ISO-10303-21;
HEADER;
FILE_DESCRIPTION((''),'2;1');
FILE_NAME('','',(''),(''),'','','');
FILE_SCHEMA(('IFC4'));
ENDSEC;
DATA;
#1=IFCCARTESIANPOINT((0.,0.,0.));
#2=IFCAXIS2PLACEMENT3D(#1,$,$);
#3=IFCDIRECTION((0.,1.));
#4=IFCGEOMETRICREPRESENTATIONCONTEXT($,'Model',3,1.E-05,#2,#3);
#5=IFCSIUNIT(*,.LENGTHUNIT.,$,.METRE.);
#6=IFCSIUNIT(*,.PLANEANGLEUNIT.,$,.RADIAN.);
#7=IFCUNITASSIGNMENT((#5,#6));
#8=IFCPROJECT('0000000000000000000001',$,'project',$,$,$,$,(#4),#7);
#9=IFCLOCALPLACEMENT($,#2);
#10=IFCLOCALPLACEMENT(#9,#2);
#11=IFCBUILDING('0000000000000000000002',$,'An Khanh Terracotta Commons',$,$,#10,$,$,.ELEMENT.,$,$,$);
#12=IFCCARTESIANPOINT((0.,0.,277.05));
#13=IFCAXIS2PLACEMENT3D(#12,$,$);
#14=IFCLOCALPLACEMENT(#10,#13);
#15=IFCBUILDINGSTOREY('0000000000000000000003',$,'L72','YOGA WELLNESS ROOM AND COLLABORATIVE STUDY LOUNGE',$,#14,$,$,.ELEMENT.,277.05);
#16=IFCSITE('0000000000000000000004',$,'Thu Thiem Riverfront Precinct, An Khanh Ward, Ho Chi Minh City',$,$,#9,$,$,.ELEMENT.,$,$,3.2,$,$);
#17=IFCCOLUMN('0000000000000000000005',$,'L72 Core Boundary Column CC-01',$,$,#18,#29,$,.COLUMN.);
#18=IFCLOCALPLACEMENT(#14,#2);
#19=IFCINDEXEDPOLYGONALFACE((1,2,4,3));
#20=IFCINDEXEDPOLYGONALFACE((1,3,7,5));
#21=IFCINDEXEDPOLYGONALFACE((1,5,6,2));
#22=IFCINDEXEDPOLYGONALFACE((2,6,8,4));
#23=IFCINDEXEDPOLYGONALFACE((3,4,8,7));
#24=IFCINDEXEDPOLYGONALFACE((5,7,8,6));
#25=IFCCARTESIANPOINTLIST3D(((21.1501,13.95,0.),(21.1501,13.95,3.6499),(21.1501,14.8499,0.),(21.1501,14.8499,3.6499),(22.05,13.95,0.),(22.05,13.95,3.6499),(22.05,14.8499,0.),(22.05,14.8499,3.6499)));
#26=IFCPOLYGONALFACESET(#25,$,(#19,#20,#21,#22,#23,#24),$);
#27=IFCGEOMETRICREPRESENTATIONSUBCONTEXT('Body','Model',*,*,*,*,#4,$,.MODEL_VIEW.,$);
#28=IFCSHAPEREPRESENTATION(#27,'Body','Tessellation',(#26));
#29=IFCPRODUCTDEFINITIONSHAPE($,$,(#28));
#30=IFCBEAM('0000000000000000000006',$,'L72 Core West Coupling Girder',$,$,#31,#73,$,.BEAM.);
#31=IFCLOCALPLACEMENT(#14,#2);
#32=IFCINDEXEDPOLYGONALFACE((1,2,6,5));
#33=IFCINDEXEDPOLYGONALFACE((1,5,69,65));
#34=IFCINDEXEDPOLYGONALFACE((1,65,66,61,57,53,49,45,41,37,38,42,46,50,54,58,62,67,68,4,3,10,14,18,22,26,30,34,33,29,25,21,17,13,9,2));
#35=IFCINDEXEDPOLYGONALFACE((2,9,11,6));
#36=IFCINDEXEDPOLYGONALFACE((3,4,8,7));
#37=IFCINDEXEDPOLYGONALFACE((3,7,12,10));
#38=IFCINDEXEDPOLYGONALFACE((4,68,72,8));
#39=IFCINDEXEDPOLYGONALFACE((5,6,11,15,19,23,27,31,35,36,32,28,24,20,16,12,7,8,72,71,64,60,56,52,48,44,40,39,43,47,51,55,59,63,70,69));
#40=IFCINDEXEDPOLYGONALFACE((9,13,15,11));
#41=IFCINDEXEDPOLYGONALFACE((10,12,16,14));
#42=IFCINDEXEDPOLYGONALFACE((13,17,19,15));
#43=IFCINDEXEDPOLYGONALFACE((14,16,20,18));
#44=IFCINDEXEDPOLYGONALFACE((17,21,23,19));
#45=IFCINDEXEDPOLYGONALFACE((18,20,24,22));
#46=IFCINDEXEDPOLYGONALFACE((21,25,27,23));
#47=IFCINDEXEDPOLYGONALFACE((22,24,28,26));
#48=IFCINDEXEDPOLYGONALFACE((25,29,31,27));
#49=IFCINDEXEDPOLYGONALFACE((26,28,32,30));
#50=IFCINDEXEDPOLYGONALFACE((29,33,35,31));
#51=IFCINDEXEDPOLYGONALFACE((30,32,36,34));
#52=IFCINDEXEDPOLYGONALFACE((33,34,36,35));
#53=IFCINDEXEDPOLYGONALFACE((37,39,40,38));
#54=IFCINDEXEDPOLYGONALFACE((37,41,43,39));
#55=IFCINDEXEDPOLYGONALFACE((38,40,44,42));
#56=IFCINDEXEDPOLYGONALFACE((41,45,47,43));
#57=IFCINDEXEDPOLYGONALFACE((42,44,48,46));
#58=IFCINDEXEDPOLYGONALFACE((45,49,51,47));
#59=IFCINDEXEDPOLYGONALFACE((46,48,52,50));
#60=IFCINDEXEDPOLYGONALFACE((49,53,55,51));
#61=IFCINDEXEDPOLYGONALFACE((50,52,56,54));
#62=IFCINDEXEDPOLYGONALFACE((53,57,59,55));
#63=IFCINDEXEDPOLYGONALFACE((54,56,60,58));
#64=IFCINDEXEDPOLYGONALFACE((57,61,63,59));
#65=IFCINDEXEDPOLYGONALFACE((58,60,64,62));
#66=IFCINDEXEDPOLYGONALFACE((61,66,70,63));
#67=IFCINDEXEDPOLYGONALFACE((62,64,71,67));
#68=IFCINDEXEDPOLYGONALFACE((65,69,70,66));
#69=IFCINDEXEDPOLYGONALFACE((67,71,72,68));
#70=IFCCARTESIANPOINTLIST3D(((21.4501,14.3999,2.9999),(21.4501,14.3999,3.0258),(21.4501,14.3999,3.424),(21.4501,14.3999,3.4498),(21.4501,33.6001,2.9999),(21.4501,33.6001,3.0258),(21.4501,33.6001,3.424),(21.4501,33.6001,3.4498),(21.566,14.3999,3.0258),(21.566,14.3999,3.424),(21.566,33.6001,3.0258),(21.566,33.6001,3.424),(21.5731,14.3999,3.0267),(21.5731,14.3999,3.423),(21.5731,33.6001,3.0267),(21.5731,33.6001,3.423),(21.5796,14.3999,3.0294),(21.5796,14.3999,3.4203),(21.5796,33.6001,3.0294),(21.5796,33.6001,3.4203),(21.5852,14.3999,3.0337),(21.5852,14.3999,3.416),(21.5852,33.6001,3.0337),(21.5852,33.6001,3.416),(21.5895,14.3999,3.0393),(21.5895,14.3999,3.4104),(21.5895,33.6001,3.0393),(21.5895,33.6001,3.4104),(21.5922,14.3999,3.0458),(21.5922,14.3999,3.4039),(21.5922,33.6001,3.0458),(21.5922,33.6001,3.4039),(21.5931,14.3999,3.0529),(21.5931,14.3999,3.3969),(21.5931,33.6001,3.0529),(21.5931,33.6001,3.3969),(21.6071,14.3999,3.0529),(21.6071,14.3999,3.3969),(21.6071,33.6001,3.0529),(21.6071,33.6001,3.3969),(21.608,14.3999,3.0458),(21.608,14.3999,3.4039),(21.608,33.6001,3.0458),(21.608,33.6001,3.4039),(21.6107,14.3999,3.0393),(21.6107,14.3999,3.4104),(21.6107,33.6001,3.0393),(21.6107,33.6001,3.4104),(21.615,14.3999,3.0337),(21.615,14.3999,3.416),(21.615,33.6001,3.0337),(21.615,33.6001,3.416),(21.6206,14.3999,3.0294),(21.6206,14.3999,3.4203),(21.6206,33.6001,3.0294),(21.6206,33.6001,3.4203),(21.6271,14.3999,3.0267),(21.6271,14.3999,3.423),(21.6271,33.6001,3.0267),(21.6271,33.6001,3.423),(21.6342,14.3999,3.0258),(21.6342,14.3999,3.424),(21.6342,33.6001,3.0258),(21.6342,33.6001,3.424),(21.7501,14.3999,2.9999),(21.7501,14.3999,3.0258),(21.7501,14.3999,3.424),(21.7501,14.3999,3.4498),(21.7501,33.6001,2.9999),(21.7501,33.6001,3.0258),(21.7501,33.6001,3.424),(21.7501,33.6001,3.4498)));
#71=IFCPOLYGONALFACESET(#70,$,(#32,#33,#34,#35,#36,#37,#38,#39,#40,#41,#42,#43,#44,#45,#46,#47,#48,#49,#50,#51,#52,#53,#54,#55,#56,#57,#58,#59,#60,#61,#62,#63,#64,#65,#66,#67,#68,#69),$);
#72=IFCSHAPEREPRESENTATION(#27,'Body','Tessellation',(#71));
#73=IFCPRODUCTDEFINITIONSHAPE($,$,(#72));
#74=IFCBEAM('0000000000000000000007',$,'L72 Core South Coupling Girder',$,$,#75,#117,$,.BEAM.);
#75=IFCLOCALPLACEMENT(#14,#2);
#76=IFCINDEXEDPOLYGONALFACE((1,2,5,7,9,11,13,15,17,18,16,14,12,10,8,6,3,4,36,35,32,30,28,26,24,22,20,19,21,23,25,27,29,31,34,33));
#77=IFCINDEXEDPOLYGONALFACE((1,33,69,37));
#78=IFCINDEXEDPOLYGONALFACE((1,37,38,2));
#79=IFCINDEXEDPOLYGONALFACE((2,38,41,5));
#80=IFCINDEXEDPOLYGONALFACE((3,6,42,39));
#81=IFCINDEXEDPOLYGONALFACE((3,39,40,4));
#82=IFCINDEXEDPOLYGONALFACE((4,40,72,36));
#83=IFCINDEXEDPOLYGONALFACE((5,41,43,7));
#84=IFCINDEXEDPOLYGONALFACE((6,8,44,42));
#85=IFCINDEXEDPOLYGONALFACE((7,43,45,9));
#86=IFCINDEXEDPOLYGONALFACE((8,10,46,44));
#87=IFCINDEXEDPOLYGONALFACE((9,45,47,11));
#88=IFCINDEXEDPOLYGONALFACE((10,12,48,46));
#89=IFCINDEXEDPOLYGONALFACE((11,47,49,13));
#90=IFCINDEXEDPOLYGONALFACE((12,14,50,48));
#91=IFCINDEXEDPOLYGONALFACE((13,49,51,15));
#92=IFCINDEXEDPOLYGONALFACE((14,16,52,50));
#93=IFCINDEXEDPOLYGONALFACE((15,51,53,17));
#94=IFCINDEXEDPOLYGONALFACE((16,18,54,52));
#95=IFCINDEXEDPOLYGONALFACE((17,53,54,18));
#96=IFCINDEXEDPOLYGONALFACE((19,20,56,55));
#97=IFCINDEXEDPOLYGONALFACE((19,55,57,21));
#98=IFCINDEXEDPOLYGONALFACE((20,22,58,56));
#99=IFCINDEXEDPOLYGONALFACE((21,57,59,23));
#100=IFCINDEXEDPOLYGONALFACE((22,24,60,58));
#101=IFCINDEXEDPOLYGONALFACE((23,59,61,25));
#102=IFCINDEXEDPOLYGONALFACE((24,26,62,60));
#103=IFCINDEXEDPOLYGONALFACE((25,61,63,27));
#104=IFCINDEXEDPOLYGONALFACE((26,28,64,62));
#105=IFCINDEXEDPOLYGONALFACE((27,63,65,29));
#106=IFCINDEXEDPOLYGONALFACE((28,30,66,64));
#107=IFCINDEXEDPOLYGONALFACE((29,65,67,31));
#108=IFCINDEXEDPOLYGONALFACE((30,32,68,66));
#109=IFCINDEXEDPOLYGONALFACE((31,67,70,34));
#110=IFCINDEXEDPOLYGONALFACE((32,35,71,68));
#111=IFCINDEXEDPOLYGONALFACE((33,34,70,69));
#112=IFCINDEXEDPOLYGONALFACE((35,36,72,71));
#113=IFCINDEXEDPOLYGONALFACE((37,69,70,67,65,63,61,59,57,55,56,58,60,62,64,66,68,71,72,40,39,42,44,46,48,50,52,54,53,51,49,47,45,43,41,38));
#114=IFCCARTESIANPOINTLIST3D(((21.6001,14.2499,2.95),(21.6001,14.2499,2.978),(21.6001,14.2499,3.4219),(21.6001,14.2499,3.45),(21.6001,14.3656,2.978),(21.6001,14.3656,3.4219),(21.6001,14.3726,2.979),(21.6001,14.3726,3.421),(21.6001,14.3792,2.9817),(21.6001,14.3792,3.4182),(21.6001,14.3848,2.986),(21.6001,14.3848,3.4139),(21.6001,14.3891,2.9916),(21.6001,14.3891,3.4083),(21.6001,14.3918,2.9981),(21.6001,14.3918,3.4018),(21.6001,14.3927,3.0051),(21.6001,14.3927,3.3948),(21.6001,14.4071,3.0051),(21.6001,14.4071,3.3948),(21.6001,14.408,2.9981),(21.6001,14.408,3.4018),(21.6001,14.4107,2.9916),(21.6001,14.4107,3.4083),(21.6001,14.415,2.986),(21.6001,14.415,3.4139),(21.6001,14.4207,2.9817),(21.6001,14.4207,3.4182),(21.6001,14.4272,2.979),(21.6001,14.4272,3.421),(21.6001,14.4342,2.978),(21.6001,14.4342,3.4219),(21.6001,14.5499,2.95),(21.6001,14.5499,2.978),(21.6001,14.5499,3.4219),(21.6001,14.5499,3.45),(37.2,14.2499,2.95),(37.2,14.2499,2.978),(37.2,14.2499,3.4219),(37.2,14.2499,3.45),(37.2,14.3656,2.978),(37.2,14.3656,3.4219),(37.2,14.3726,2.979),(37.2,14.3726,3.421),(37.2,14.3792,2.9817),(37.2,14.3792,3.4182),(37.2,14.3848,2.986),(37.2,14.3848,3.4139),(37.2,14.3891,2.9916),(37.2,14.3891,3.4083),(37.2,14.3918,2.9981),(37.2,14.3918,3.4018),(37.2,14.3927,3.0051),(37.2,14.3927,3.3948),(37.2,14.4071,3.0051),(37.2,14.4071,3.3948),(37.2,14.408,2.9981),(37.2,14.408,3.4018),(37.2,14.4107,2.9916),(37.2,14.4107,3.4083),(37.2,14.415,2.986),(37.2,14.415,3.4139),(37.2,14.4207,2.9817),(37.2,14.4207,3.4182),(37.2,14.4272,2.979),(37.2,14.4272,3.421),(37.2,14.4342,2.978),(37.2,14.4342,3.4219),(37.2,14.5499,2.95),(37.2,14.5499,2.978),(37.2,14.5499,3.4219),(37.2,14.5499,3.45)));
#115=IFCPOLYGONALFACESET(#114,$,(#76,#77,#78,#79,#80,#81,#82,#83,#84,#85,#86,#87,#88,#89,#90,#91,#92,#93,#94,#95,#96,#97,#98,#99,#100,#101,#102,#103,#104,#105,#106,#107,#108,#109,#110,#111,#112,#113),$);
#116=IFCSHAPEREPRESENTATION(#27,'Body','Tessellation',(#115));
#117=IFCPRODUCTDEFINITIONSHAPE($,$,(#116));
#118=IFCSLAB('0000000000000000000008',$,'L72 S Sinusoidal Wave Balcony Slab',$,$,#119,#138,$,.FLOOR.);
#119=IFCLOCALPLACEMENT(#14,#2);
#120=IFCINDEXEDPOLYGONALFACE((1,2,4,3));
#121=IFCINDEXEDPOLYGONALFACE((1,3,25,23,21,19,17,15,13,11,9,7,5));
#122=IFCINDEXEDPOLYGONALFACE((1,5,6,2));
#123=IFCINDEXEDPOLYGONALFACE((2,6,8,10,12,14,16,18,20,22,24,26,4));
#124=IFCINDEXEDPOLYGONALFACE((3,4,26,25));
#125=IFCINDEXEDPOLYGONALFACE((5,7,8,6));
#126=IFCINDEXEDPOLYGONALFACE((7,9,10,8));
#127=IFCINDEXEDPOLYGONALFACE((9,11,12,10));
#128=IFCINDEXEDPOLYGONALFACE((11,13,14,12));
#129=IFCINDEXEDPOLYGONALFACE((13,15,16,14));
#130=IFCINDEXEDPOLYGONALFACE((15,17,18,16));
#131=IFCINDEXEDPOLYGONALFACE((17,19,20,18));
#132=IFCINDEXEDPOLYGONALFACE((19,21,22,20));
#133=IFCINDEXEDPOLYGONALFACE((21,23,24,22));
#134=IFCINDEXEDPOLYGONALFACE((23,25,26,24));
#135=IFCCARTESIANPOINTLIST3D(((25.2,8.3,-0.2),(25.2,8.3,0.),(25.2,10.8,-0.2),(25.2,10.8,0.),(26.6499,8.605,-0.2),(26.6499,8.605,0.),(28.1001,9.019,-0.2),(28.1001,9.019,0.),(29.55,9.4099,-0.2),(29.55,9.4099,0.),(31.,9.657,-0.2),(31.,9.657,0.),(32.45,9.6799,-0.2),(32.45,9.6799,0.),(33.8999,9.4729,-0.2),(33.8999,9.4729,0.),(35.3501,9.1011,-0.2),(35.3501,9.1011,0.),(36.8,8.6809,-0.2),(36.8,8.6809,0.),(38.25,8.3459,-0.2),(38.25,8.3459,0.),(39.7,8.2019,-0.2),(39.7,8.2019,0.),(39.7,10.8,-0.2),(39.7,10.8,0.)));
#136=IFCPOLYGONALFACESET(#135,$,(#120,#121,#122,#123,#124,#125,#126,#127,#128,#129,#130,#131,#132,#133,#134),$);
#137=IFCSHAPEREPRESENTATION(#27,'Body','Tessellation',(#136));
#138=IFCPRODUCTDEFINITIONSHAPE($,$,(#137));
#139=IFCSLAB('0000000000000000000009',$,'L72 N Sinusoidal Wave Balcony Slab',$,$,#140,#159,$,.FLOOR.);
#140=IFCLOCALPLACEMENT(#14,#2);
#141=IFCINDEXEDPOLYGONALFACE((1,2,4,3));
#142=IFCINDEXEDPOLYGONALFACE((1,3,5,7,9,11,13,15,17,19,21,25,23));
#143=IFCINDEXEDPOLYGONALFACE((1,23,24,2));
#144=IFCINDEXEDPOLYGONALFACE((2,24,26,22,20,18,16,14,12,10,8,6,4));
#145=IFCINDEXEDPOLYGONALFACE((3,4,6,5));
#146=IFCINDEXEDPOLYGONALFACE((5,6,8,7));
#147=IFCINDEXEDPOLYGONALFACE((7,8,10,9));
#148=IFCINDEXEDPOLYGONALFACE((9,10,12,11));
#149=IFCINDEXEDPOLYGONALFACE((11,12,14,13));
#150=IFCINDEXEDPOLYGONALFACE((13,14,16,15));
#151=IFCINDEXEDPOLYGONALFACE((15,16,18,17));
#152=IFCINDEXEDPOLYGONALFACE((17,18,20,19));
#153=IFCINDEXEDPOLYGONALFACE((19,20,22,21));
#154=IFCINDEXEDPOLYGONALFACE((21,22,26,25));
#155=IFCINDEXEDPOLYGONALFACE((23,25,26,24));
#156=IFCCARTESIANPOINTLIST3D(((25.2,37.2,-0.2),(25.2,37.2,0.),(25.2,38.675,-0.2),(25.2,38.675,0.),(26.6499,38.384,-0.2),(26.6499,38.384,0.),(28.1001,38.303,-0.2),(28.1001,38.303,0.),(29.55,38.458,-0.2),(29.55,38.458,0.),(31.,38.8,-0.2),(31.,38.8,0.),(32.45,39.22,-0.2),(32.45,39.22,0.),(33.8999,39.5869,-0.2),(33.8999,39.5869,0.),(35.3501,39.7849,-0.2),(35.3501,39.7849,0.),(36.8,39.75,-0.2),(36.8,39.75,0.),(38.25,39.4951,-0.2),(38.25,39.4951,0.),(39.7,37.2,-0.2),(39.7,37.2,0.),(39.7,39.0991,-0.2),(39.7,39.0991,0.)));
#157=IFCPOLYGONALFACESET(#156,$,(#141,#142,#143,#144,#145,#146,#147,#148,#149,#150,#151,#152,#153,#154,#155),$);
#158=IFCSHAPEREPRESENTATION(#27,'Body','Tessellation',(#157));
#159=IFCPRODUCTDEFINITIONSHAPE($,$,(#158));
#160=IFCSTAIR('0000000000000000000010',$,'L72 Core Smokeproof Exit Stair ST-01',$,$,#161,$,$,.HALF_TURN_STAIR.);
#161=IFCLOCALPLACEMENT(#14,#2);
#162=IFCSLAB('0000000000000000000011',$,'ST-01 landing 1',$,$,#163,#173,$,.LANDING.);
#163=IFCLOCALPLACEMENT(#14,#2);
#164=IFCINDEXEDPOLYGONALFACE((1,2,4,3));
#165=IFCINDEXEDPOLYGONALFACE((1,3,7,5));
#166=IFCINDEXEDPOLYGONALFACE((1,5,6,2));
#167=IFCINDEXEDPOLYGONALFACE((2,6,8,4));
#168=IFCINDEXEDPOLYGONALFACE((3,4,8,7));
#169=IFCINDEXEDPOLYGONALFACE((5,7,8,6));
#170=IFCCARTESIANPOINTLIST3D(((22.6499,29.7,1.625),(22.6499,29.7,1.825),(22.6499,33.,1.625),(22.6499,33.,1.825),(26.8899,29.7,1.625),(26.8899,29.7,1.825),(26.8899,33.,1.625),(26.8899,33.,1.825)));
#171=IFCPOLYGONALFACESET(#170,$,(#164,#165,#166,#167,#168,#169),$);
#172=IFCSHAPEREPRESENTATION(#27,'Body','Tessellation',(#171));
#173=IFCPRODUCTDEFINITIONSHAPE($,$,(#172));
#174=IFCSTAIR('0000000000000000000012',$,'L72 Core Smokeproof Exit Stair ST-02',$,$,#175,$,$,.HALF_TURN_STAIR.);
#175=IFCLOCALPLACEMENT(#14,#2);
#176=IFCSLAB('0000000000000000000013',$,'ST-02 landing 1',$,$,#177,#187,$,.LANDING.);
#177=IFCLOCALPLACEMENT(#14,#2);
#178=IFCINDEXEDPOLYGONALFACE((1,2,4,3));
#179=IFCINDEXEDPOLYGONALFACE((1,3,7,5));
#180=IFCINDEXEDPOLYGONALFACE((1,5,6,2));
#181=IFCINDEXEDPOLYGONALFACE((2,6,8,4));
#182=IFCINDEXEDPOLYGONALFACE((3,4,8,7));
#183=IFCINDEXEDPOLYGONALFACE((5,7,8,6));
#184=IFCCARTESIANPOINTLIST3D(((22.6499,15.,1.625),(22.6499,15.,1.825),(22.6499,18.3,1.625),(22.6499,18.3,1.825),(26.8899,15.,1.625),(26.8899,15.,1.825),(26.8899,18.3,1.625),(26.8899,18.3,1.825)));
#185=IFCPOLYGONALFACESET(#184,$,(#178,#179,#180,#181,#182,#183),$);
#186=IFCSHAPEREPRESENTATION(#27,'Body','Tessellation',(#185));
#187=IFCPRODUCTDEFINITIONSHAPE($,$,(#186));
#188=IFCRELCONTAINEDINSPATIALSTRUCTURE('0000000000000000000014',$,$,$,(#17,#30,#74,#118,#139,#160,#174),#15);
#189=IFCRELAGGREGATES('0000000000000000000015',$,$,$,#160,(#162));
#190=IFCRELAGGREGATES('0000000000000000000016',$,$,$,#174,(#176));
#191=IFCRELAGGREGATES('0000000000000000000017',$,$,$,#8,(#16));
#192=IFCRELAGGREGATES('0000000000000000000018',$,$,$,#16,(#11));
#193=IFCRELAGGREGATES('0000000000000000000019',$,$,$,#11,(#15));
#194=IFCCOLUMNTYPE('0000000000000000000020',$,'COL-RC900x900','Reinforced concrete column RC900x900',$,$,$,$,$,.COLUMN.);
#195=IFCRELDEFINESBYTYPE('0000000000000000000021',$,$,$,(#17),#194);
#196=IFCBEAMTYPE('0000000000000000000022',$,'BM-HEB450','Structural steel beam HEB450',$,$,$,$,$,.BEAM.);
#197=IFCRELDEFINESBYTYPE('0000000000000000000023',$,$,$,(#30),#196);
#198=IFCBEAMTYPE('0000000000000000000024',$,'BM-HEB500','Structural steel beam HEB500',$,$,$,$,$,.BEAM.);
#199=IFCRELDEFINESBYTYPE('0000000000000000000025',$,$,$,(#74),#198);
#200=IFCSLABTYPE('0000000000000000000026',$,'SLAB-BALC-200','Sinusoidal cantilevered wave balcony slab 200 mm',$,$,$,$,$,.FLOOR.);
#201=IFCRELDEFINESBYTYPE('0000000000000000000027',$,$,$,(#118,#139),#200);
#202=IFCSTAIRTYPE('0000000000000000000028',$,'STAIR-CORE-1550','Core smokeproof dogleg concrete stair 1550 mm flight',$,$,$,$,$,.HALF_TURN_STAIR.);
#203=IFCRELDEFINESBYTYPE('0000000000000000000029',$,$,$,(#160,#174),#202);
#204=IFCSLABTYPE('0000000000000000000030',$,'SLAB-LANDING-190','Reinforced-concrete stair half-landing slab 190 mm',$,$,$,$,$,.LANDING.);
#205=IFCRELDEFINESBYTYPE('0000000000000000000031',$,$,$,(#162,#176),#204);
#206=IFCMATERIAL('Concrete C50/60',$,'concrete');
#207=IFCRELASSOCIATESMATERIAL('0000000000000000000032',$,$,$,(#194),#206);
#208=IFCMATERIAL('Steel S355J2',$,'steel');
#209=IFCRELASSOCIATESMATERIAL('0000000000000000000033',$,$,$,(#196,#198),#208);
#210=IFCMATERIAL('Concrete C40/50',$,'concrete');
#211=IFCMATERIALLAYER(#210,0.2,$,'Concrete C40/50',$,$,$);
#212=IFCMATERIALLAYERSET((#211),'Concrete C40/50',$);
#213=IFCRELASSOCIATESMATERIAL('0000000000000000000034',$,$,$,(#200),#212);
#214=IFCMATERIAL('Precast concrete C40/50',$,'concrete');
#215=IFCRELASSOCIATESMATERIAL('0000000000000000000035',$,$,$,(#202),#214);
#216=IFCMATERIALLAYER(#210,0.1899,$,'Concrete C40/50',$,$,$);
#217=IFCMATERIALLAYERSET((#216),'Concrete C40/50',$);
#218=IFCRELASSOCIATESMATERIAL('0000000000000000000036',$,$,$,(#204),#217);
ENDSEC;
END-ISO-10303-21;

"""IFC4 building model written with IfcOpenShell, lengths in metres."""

from ifc_helpers import new_model, si_unit, direction, frame, origin, origin_2d, place, context, subcontext, project, spatial, polyline, rectangle, i_section, outline, extrude, material, layer, layer_set, material_profile, profile_set, type_object, element, aggregate, save


model = new_model("IFC4")

# Units and contexts
model_context = context("Model", 3, precision=1e-05, world=origin(), true_north=direction((0.0, 1.0)))
body_context = subcontext(model_context, "Body", "Model", "MODEL_VIEW")
ifc_project = project(units=[si_unit("LENGTHUNIT", "METRE"), si_unit("PLANEANGLEUNIT", "RADIAN")], contexts=[model_context])

# Site, building, storey
site_placement = place(None, origin())
site = spatial("IfcSite", under=ifc_project, at=site_placement, Name="Thu Thiem Riverfront Precinct, An Khanh Ward, Ho Chi Minh City", CompositionType="ELEMENT", RefElevation=3.2)
building_placement = place(site_placement, origin())
building = spatial("IfcBuilding", under=site, at=building_placement, Name="An Khanh Terracotta Commons", CompositionType="ELEMENT")
storey_placement = place(building_placement, frame((0.0, 0.0, 277.05)))
storey = spatial("IfcBuildingStorey", under=building, at=storey_placement, Name="L72", Description="YOGA WELLNESS ROOM AND COLLABORATIVE STUDY LOUNGE", CompositionType="ELEMENT", Elevation=277.05)

# Column
ifc_material_1 = material(Name="Concrete C50/60", Category="concrete")
ifc_material_profile_1 = material_profile(ifc_material_1, rectangle(XDim=0.8999, YDim=0.8999, at=origin_2d()), Name="RC900x900")
ifc_profile_set_1 = profile_set([ifc_material_profile_1], Name="Concrete C50/60")
column_type = type_object("IfcColumnType", Name="COL-RC900x900", Description="Reinforced concrete column RC900x900", PredefinedType="COLUMN", material=ifc_profile_set_1)
column_placement = place(storey_placement, frame((21.6001, 14.3999, 0.0), z_axis=(0.0, 0.0, 1.0), x_axis=(1.0, 0.0, 0.0)))
element("IfcColumn", 1, at=column_placement, inside=storey, type_object=column_type, Name="L72 Core Boundary Column CC-01", PredefinedType="COLUMN", context=body_context, shape_type="SweptSolid", body=[
    extrude(rectangle(XDim=0.8999, YDim=0.8999, at=origin_2d()), origin(), (0.0, 0.0, 1.0), 3.6499),
])

# Beams
ifc_material_2 = material(Name="Steel S355J2", Category="steel")
ifc_material_profile_2 = material_profile(ifc_material_2, i_section(OverallWidth=0.3, OverallDepth=0.45, WebThickness=0.0139, FlangeThickness=0.0259, FilletRadius=0.0271, at=origin_2d()), Name="HEB450")
ifc_profile_set_2 = profile_set([ifc_material_profile_2], Name="Steel S355J2")
beam_type_1 = type_object("IfcBeamType", Name="BM-HEB450", Description="Structural steel beam HEB450", PredefinedType="BEAM", material=ifc_profile_set_2)
beam_1_placement = place(storey_placement, frame((21.6001, 14.3999, 3.2249), z_axis=(0.0, 1.0, 0.0), x_axis=(-1.0, 0.0, 0.0)))
element("IfcBeam", 2, at=beam_1_placement, inside=storey, type_object=beam_type_1, Name="L72 Core West Coupling Girder", PredefinedType="BEAM", context=body_context, shape_type="SweptSolid", body=[
    extrude(i_section(OverallWidth=0.3, OverallDepth=0.45, WebThickness=0.0139, FlangeThickness=0.0259, FilletRadius=0.0271, at=origin_2d()), origin(), (0.0, 0.0, 1.0), 19.2002),
])
ifc_material_profile_3 = material_profile(ifc_material_2, i_section(OverallWidth=0.3, OverallDepth=0.5, WebThickness=0.0144, FlangeThickness=0.0281, FilletRadius=0.0271, at=origin_2d()), Name="HEB500")
ifc_profile_set_3 = profile_set([ifc_material_profile_3], Name="Steel S355J2")
beam_type_2 = type_object("IfcBeamType", Name="BM-HEB500", Description="Structural steel beam HEB500", PredefinedType="BEAM", material=ifc_profile_set_3)
beam_2_placement = place(storey_placement, frame((21.6001, 14.3999, 3.2), z_axis=(1.0, 0.0, 0.0), x_axis=(0.0, 1.0, 0.0)))
element("IfcBeam", 3, at=beam_2_placement, inside=storey, type_object=beam_type_2, Name="L72 Core South Coupling Girder", PredefinedType="BEAM", context=body_context, shape_type="SweptSolid", body=[
    extrude(i_section(OverallWidth=0.3, OverallDepth=0.5, WebThickness=0.0144, FlangeThickness=0.0281, FilletRadius=0.0271, at=origin_2d()), origin(), (0.0, 0.0, 1.0), 15.5999),
])

# Slabs
ifc_material_3 = material(Name="Concrete C40/50", Category="concrete")
ifc_layer_1 = layer(ifc_material_3, 0.2, Name="Concrete C40/50")
ifc_layer_set_1 = layer_set([ifc_layer_1], Name="Concrete C40/50")
slab_type_1 = type_object("IfcSlabType", Name="SLAB-BALC-200", Description="Sinusoidal cantilevered wave balcony slab 200 mm", PredefinedType="FLOOR", material=ifc_layer_set_1)
slab_1_placement = place(storey_placement, frame((0.0, 0.0, -0.2)))
element("IfcSlab", 4, at=slab_1_placement, inside=storey, type_object=slab_type_1, Name="L72 S Sinusoidal Wave Balcony Slab", PredefinedType="FLOOR", context=body_context, shape_type="SweptSolid", body=[
    extrude(outline(polyline([(25.2, 10.8), (25.2, 8.3), (26.6499, 8.605), (28.1001, 9.019), (29.55, 9.4099), (31.0, 9.657), (32.45, 9.6799), (33.8999, 9.4729), (35.3501, 9.1011), (36.8, 8.6809), (38.25, 8.3459), (39.7, 8.2019), (39.7, 10.8), (25.2, 10.8)])), origin(), (0.0, 0.0, 1.0), 0.2),
])
slab_2_placement = place(storey_placement, frame((0.0, 0.0, -0.2)))
element("IfcSlab", 5, at=slab_2_placement, inside=storey, type_object=slab_type_1, Name="L72 N Sinusoidal Wave Balcony Slab", PredefinedType="FLOOR", context=body_context, shape_type="SweptSolid", body=[
    extrude(outline(polyline([(39.7, 37.2), (39.7, 39.0991), (38.25, 39.4951), (36.8, 39.75), (35.3501, 39.7849), (33.8999, 39.5869), (32.45, 39.22), (31.0, 38.8), (29.55, 38.458), (28.1001, 38.303), (26.6499, 38.384), (25.2, 38.675), (25.2, 37.2), (39.7, 37.2)])), origin(), (0.0, 0.0, 1.0), 0.2),
])

# Stairs, slabs
ifc_material_4 = material(Name="Precast concrete C40/50", Category="concrete")
stair_type = type_object("IfcStairType", Name="STAIR-CORE-1550", Description="Core smokeproof dogleg concrete stair 1550 mm flight", PredefinedType="HALF_TURN_STAIR", material=ifc_material_4)
stair_1_placement = place(storey_placement, origin())
stair_1 = element("IfcStair", 6, at=stair_1_placement, inside=storey, type_object=stair_type, Name="L72 Core Smokeproof Exit Stair ST-01", PredefinedType="HALF_TURN_STAIR")
ifc_layer_2 = layer(ifc_material_3, 0.1899, Name="Concrete C40/50")
ifc_layer_set_2 = layer_set([ifc_layer_2], Name="Concrete C40/50")
slab_type_2 = type_object("IfcSlabType", Name="SLAB-LANDING-190", Description="Reinforced-concrete stair half-landing slab 190 mm", PredefinedType="LANDING", material=ifc_layer_set_2)
slab_3_placement = place(storey_placement, frame((0.0, 0.0, 1.625)))
slab_3 = element("IfcSlab", 7, at=slab_3_placement, type_object=slab_type_2, Name="ST-01 landing 1", PredefinedType="LANDING", context=body_context, shape_type="SweptSolid", body=[
    extrude(outline(polyline([(26.8899, 33.0), (22.6499, 33.0), (22.6499, 29.7), (26.8899, 29.7), (26.8899, 33.0)])), origin(), (0.0, 0.0, 1.0), 0.2),
])
aggregate(stair_1, [slab_3])
stair_2_placement = place(storey_placement, origin())
stair_2 = element("IfcStair", 8, at=stair_2_placement, inside=storey, type_object=stair_type, Name="L72 Core Smokeproof Exit Stair ST-02", PredefinedType="HALF_TURN_STAIR")
slab_4_placement = place(storey_placement, frame((0.0, 0.0, 1.625)))
slab_4 = element("IfcSlab", 9, at=slab_4_placement, type_object=slab_type_2, Name="ST-02 landing 1", PredefinedType="LANDING", context=body_context, shape_type="SweptSolid", body=[
    extrude(outline(polyline([(26.8899, 18.3), (22.6499, 18.3), (22.6499, 15.0), (26.8899, 15.0), (26.8899, 18.3)])), origin(), (0.0, 0.0, 1.0), 0.2),
])
aggregate(stair_2, [slab_4])

save(model, "model.ifc")
